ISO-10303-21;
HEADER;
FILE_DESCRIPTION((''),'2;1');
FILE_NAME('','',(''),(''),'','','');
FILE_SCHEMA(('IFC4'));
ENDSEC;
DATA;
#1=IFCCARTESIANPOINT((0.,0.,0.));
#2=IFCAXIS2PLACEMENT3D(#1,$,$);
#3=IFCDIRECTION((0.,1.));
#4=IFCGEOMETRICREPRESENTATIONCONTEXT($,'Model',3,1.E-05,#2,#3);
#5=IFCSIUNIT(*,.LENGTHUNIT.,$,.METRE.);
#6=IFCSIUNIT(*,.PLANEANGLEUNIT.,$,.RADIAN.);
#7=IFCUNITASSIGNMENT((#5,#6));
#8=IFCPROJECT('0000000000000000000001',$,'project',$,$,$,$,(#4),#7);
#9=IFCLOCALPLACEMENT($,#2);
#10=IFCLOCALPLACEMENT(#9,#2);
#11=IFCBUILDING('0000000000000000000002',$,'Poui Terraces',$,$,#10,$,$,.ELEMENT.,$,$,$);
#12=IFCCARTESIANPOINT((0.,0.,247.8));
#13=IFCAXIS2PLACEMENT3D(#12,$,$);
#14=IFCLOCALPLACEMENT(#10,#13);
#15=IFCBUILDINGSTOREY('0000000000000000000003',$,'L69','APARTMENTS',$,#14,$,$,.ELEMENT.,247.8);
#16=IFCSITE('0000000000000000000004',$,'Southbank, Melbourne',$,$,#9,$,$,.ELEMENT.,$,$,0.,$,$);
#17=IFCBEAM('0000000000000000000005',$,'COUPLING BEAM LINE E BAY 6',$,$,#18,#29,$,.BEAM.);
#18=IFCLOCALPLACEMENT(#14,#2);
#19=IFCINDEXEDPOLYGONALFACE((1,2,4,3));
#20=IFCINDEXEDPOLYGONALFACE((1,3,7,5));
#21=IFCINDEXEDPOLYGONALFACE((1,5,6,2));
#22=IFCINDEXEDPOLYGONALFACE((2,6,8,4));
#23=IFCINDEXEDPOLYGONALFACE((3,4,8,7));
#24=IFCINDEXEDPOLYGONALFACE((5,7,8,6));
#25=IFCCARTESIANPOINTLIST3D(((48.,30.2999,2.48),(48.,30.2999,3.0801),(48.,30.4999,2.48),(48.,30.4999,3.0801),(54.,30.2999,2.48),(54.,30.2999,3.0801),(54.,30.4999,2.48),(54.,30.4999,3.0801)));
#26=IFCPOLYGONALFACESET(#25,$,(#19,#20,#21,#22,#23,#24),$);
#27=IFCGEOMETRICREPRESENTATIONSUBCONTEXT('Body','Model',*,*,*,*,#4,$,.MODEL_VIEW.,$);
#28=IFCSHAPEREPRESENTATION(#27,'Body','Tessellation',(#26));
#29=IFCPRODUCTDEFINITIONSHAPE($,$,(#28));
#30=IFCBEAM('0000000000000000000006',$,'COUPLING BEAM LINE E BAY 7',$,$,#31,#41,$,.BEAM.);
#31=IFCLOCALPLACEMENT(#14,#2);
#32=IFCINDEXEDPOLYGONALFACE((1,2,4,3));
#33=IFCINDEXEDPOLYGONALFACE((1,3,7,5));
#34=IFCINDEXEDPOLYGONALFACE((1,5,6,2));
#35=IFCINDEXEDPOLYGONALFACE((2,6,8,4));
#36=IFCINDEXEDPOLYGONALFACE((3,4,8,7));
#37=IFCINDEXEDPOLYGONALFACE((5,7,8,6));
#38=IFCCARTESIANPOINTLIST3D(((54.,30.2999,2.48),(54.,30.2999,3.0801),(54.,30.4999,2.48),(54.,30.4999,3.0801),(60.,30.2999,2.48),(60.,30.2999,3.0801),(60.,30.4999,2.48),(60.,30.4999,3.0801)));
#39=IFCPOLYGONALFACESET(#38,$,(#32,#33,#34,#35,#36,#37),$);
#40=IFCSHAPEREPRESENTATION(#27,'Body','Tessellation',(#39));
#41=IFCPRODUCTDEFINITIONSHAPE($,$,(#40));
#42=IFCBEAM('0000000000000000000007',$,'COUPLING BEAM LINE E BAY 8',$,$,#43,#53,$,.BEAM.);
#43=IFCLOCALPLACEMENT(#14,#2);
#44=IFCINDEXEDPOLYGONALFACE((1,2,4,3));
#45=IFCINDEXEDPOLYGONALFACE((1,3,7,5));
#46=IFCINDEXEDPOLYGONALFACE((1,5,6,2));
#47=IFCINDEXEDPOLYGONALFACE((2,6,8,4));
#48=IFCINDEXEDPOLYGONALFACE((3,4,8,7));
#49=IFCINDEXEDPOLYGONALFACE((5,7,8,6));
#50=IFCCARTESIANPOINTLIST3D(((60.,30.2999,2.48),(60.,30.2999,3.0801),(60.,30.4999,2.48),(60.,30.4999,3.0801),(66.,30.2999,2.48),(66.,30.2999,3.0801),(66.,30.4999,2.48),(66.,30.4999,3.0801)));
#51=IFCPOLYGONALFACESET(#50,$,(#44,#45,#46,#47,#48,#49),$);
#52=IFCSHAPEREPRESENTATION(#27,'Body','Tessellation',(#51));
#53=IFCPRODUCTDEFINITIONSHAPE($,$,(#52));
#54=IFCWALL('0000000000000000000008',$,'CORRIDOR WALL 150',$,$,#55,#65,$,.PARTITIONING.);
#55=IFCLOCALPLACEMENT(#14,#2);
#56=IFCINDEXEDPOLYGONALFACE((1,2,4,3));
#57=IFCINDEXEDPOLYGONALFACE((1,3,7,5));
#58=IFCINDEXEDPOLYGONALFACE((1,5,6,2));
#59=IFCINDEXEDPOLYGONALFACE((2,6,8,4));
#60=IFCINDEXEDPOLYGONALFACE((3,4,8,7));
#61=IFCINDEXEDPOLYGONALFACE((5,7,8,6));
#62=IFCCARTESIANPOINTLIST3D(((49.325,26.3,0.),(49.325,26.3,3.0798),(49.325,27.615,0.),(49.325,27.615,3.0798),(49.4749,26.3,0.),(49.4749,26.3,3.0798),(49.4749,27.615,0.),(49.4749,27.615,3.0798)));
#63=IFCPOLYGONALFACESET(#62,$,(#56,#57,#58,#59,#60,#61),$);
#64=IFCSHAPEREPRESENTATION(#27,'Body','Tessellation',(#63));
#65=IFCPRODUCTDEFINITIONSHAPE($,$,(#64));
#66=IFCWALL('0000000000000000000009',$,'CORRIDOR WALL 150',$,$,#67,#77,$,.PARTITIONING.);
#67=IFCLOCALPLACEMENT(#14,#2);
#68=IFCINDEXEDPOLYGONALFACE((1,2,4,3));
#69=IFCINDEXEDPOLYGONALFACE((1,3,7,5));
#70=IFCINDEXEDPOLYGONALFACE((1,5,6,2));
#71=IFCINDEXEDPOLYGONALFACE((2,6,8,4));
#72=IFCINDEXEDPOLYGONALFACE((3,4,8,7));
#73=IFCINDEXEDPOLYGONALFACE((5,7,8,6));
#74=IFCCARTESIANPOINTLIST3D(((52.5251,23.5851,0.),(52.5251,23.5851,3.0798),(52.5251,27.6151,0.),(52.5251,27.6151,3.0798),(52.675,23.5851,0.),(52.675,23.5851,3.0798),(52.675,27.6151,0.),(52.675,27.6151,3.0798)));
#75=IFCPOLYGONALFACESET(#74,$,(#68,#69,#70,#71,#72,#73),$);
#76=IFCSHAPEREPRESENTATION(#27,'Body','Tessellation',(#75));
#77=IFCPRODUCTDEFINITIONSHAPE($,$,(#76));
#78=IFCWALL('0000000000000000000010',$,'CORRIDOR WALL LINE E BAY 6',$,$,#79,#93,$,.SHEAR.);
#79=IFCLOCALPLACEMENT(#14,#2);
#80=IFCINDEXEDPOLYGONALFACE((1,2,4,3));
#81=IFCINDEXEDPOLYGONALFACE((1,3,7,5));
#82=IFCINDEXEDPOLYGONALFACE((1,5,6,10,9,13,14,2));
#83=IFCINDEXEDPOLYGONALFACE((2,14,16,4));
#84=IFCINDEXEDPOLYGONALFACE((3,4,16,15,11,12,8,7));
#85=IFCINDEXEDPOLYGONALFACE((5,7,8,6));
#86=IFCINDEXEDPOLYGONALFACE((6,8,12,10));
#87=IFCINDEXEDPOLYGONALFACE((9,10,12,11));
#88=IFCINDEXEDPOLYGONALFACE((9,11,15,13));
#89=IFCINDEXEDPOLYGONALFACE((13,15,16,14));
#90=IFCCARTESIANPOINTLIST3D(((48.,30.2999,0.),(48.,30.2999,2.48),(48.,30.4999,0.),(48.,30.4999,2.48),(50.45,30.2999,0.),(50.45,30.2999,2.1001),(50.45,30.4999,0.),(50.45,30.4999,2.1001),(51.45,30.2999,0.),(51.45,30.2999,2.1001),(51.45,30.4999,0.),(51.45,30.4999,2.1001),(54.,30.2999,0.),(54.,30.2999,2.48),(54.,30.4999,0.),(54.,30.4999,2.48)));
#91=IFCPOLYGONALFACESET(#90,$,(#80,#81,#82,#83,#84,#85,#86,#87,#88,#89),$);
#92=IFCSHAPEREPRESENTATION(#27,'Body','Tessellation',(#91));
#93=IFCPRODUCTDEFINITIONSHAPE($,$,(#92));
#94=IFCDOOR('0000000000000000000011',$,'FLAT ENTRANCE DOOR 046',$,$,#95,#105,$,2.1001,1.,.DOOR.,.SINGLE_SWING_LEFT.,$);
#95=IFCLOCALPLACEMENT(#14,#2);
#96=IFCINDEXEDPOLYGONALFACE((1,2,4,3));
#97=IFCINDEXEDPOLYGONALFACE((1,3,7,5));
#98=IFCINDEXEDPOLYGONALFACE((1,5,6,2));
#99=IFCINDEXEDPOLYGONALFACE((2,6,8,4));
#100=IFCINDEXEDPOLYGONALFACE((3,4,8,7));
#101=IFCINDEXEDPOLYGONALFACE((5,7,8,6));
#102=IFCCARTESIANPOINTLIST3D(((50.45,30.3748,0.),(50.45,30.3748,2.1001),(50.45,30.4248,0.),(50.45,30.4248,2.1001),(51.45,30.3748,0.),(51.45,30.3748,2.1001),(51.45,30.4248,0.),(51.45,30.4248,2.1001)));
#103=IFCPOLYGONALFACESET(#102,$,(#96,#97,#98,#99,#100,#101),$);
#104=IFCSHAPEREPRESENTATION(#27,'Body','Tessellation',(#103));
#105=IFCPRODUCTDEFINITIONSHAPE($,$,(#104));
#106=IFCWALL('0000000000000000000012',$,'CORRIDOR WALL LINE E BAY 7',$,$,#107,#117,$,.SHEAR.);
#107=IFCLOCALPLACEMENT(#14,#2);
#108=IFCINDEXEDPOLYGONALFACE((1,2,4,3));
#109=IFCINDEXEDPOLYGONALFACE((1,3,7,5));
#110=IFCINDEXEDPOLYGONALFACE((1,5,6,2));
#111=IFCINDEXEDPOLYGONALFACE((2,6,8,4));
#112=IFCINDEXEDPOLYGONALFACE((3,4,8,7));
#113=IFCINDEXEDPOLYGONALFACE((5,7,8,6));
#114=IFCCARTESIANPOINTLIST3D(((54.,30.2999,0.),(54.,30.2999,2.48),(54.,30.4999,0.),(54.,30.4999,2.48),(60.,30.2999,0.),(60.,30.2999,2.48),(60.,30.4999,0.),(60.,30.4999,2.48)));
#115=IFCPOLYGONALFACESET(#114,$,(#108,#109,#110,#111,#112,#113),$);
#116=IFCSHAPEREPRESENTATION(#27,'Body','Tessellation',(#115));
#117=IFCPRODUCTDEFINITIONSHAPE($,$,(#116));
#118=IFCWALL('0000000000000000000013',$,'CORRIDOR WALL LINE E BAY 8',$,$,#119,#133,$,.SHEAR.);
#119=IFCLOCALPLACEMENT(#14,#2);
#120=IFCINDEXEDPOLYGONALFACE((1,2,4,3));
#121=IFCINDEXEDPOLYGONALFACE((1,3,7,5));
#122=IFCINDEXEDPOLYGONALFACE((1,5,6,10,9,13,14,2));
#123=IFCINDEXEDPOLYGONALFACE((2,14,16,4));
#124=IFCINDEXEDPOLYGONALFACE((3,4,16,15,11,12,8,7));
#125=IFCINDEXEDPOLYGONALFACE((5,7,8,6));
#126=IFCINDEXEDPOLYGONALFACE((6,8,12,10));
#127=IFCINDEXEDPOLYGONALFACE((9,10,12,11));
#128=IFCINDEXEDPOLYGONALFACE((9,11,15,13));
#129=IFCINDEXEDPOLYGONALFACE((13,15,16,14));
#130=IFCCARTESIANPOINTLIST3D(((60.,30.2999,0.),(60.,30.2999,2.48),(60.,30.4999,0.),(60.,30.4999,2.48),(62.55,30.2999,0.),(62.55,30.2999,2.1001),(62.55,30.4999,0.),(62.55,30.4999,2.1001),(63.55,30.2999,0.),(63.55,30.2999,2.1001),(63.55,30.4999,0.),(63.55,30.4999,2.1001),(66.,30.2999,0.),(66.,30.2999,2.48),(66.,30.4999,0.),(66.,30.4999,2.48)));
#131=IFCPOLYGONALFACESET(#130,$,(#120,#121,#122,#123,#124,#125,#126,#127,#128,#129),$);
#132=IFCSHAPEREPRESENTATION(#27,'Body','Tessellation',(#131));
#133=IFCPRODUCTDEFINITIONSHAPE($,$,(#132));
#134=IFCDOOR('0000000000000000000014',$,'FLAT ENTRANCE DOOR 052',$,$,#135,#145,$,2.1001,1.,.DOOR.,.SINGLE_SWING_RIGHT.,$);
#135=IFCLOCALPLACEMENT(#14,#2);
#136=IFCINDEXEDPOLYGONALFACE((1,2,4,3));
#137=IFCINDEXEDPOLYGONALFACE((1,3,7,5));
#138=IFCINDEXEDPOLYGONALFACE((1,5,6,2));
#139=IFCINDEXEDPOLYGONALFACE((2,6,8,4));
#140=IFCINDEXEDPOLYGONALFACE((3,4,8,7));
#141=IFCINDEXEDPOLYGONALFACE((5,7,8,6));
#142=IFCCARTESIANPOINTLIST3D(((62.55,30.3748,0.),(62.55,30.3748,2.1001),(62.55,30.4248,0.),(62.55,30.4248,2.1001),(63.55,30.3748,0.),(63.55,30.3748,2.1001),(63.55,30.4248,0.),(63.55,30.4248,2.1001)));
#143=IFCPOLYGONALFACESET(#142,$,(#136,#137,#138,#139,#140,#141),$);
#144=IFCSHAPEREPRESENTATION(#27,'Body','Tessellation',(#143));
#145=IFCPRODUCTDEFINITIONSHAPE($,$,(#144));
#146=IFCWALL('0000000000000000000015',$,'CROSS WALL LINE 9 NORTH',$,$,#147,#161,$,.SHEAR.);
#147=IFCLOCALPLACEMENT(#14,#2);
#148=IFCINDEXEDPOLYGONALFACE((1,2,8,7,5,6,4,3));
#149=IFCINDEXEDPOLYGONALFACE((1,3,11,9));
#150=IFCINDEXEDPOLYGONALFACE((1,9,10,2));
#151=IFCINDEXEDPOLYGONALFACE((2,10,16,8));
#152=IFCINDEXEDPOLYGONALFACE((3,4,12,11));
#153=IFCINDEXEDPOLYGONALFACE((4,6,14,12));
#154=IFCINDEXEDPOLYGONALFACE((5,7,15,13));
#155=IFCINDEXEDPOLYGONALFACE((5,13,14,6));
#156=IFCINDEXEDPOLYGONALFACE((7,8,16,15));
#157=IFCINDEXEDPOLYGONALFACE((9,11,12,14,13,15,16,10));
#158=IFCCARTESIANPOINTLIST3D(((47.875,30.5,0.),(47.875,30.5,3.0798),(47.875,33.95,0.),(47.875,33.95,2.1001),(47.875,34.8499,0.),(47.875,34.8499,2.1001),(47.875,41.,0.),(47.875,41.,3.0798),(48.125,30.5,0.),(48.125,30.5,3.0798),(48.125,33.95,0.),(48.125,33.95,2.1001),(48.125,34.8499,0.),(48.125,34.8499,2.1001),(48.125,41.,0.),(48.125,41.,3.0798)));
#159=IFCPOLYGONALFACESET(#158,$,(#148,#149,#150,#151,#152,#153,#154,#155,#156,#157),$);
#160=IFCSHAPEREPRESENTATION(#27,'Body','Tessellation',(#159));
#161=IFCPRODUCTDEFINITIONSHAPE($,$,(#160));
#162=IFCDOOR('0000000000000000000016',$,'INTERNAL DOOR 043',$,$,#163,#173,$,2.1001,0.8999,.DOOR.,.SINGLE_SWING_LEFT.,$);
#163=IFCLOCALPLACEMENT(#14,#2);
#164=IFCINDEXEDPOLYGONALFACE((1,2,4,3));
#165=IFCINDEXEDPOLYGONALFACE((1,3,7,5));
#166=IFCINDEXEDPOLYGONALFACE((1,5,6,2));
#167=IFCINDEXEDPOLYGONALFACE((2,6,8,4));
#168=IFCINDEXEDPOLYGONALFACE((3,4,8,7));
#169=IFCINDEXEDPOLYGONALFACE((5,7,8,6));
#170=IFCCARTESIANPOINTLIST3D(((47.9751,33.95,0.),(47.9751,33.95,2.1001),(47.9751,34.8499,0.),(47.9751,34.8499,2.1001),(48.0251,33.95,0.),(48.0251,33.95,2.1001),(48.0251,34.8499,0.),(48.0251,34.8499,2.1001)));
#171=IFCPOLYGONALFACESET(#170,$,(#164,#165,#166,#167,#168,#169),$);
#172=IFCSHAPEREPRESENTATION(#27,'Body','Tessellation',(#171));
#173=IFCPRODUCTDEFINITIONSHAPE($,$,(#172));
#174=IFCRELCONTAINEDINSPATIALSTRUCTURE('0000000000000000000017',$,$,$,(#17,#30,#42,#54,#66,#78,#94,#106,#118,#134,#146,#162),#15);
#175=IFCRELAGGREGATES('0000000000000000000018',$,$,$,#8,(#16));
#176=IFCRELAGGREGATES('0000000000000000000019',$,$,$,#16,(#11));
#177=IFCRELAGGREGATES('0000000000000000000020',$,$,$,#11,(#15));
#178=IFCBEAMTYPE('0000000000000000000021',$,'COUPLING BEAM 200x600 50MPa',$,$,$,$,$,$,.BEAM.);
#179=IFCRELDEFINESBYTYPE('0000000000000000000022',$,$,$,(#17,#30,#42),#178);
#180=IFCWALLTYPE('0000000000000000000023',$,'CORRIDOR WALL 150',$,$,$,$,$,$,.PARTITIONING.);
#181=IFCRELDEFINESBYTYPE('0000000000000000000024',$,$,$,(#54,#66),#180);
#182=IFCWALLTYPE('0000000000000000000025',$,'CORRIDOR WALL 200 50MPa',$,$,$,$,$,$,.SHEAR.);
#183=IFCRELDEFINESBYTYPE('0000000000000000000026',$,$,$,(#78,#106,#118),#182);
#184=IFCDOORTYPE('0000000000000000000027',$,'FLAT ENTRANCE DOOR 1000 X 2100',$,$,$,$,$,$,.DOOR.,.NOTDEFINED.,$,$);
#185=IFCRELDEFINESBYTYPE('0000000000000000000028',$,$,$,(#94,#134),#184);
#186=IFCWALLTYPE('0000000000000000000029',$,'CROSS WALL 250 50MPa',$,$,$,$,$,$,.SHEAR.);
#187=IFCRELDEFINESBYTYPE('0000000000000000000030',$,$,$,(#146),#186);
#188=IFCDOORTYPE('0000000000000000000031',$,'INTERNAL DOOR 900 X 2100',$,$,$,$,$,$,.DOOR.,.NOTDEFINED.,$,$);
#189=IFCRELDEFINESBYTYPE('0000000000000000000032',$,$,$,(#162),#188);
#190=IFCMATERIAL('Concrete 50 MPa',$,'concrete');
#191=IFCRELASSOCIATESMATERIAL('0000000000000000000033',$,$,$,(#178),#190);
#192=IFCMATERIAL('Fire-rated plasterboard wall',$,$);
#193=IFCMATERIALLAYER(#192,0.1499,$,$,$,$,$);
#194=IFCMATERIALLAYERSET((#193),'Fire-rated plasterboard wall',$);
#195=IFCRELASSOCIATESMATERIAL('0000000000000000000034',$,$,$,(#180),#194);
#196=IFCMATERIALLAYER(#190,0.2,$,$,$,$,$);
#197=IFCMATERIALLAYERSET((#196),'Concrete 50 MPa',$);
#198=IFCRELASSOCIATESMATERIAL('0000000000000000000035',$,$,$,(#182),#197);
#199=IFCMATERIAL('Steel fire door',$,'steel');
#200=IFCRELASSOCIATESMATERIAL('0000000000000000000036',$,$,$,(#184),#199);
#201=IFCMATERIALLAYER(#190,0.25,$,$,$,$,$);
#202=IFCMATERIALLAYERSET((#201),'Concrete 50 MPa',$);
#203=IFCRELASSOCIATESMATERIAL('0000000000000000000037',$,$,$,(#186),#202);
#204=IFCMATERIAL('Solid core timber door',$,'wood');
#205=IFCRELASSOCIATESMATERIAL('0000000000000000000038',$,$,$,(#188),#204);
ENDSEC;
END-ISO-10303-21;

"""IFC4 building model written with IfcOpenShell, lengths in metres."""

from ifc_helpers import new_model, si_unit, direction, frame, frame_2d, origin, origin_2d, place, context, subcontext, project, spatial, rectangle, extrude, source, transform, mapped, material, layer, layer_set, material_profile, profile_set, type_object, element, fill, save


model = new_model("IFC4")

# Units and contexts
model_context = context("Model", 3, precision=1e-05, world=origin(), true_north=direction((0.0, 1.0)))
body_context = subcontext(model_context, "Body", "Model", "MODEL_VIEW")
ifc_project = project(units=[si_unit("LENGTHUNIT", "METRE"), si_unit("PLANEANGLEUNIT", "RADIAN")], contexts=[model_context])

# Site, building, storey
site_placement = place(None, origin())
site = spatial("IfcSite", under=ifc_project, at=site_placement, Name="Southbank, Melbourne", CompositionType="ELEMENT", RefElevation=0.0)
building_placement = place(site_placement, origin())
building = spatial("IfcBuilding", under=site, at=building_placement, Name="Poui Terraces", CompositionType="ELEMENT")
storey_placement = place(building_placement, frame((0.0, 0.0, 247.8)))
storey = spatial("IfcBuildingStorey", under=building, at=storey_placement, Name="L69", Description="APARTMENTS", CompositionType="ELEMENT", Elevation=247.8)

# Beams
ifc_material_1 = material(Name="Concrete 50 MPa", Category="concrete")
ifc_material_profile = material_profile(ifc_material_1, rectangle(XDim=0.2, YDim=0.6001, at=origin_2d()), Name="RC 200x600")
ifc_profile_set = profile_set([ifc_material_profile], Name="Concrete 50 MPa")
beam_type = type_object("IfcBeamType", Name="COUPLING BEAM 200x600 50MPa", PredefinedType="BEAM", material=ifc_profile_set)
shared_shape = source(origin(), body_context, "Body", "SweptSolid", [
    extrude(rectangle(XDim=0.2, YDim=0.6001, at=origin_2d()), origin(), (0.0, 0.0, 1.0), 6.0),
])
for number, where, z_axis, x_axis, name in (
    (1, (48.0, 30.3999, 2.78), (1.0, 0.0, 0.0), (0.0, 1.0, 0.0), "COUPLING BEAM LINE E BAY 6"),
    (2, (54.0, 30.3999, 2.78), (1.0, 0.0, 0.0), (0.0, 1.0, 0.0), "COUPLING BEAM LINE E BAY 7"),
    (3, (60.0, 30.3999, 2.78), (1.0, 0.0, 0.0), (0.0, 1.0, 0.0), "COUPLING BEAM LINE E BAY 8"),
):
    element("IfcBeam", number, at=place(storey_placement, frame(where, z_axis=z_axis, x_axis=x_axis)), inside=storey, type_object=beam_type, Name=name, PredefinedType="BEAM", context=body_context, shape_type="MappedRepresentation", body=[
        mapped(shared_shape, transform((0.0, 0.0, 0.0))),
    ])

# Walls
ifc_material_2 = material(Name="Fire-rated plasterboard wall")
ifc_layer_1 = layer(ifc_material_2, 0.1499)
ifc_layer_set_1 = layer_set([ifc_layer_1], Name="Fire-rated plasterboard wall")
wall_type_1 = type_object("IfcWallType", Name="CORRIDOR WALL 150", PredefinedType="PARTITIONING", material=ifc_layer_set_1)
wall_1_placement = place(storey_placement, frame((49.3999, 26.3, 0.0), z_axis=(0.0, 0.0, 1.0), x_axis=(0.0, 1.0, 0.0)))
element("IfcWall", 4, at=wall_1_placement, inside=storey, type_object=wall_type_1, Name="CORRIDOR WALL 150", PredefinedType="PARTITIONING", context=body_context, shape_type="SweptSolid", body=[
    extrude(rectangle(XDim=1.3149, YDim=0.1499, at=frame_2d((0.6575, 0.0))), origin(), (0.0, 0.0, 1.0), 3.0798),
])
wall_2_placement = place(storey_placement, frame((52.6001, 23.585, 0.0), z_axis=(0.0, 0.0, 1.0), x_axis=(0.0, 1.0, 0.0)))
element("IfcWall", 5, at=wall_2_placement, inside=storey, type_object=wall_type_1, Name="CORRIDOR WALL 150", PredefinedType="PARTITIONING", context=body_context, shape_type="SweptSolid", body=[
    extrude(rectangle(XDim=4.03, YDim=0.1499, at=frame_2d((2.0151, 0.0))), origin(), (0.0, 0.0, 1.0), 3.0798),
])

# Wall, opening, door
ifc_layer_2 = layer(ifc_material_1, 0.2)
ifc_layer_set_2 = layer_set([ifc_layer_2], Name="Concrete 50 MPa")
wall_type_2 = type_object("IfcWallType", Name="CORRIDOR WALL 200 50MPa", PredefinedType="SHEAR", material=ifc_layer_set_2)
wall_3_placement = place(storey_placement, frame((48.0, 30.3999, 0.0), z_axis=(0.0, 0.0, 1.0), x_axis=(1.0, 0.0, 0.0)))
wall_3 = element("IfcWall", 6, at=wall_3_placement, inside=storey, type_object=wall_type_2, Name="CORRIDOR WALL LINE E BAY 6", PredefinedType="SHEAR", context=body_context, shape_type="SweptSolid", body=[
    extrude(rectangle(XDim=6.0, YDim=0.2, at=frame_2d((3.0, 0.0))), origin(), (0.0, 0.0, 1.0), 2.48),
])
opening_1_placement = place(wall_3_placement, frame((2.45, 0.0, 0.0)))
opening_1 = element("IfcOpeningElement", 7, at=opening_1_placement, cuts=wall_3, PredefinedType="OPENING", context=body_context, shape_type="SweptSolid", body=[
    extrude(rectangle(XDim=1.0, YDim=2.1001, at=frame_2d((0.5, 1.05))), frame((0.0, 0.1099, 0.0), z_axis=(0.0, -1.0, 0.0), x_axis=(1.0, 0.0, 0.0)), (0.0, 0.0, 1.0), 0.22),
])
ifc_material_3 = material(Name="Steel fire door", Category="steel")
door_type_1 = type_object("IfcDoorType", Name="FLAT ENTRANCE DOOR 1000 X 2100", OperationType="NOTDEFINED", PredefinedType="DOOR", material=ifc_material_3)
door_1_placement = place(opening_1_placement, origin())
door_1 = element("IfcDoor", 8, at=door_1_placement, inside=storey, type_object=door_type_1, Name="FLAT ENTRANCE DOOR 046", OperationType="SINGLE_SWING_LEFT", OverallHeight=2.1001, OverallWidth=1.0, PredefinedType="DOOR", context=body_context, shape_type="SweptSolid", body=[
    extrude(rectangle(XDim=1.0, YDim=2.1001, at=frame_2d((0.5, 1.05))), frame((0.0, 0.0249, 0.0), z_axis=(0.0, -1.0, 0.0), x_axis=(1.0, 0.0, 0.0)), (0.0, 0.0, 1.0), 0.05),
])
fill(opening_1, door_1)

# Wall
wall_4_placement = place(storey_placement, frame((54.0, 30.3999, 0.0), z_axis=(0.0, 0.0, 1.0), x_axis=(1.0, 0.0, 0.0)))
element("IfcWall", 9, at=wall_4_placement, inside=storey, type_object=wall_type_2, Name="CORRIDOR WALL LINE E BAY 7", PredefinedType="SHEAR", context=body_context, shape_type="SweptSolid", body=[
    extrude(rectangle(XDim=6.0, YDim=0.2, at=frame_2d((3.0, 0.0))), origin(), (0.0, 0.0, 1.0), 2.48),
])

# Walls, openings, doors
wall_5_placement = place(storey_placement, frame((60.0, 30.3999, 0.0), z_axis=(0.0, 0.0, 1.0), x_axis=(1.0, 0.0, 0.0)))
wall_5 = element("IfcWall", 10, at=wall_5_placement, inside=storey, type_object=wall_type_2, Name="CORRIDOR WALL LINE E BAY 8", PredefinedType="SHEAR", context=body_context, shape_type="SweptSolid", body=[
    extrude(rectangle(XDim=6.0, YDim=0.2, at=frame_2d((3.0, 0.0))), origin(), (0.0, 0.0, 1.0), 2.48),
])
opening_2_placement = place(wall_5_placement, frame((2.55, 0.0, 0.0)))
opening_2 = element("IfcOpeningElement", 11, at=opening_2_placement, cuts=wall_5, PredefinedType="OPENING", context=body_context, shape_type="SweptSolid", body=[
    extrude(rectangle(XDim=1.0, YDim=2.1001, at=frame_2d((0.5, 1.05))), frame((0.0, 0.1099, 0.0), z_axis=(0.0, -1.0, 0.0), x_axis=(1.0, 0.0, 0.0)), (0.0, 0.0, 1.0), 0.22),
])
door_2_placement = place(opening_2_placement, origin())
door_2 = element("IfcDoor", 12, at=door_2_placement, inside=storey, type_object=door_type_1, Name="FLAT ENTRANCE DOOR 052", OperationType="SINGLE_SWING_RIGHT", OverallHeight=2.1001, OverallWidth=1.0, PredefinedType="DOOR", context=body_context, shape_type="SweptSolid", body=[
    extrude(rectangle(XDim=1.0, YDim=2.1001, at=frame_2d((0.5, 1.05))), frame((0.0, 0.0249, 0.0), z_axis=(0.0, -1.0, 0.0), x_axis=(1.0, 0.0, 0.0)), (0.0, 0.0, 1.0), 0.05),
])
fill(opening_2, door_2)
ifc_layer_3 = layer(ifc_material_1, 0.25)
ifc_layer_set_3 = layer_set([ifc_layer_3], Name="Concrete 50 MPa")
wall_type_3 = type_object("IfcWallType", Name="CROSS WALL 250 50MPa", PredefinedType="SHEAR", material=ifc_layer_set_3)
wall_6_placement = place(storey_placement, frame((48.0, 30.5, 0.0), z_axis=(0.0, 0.0, 1.0), x_axis=(0.0, 1.0, 0.0)))
wall_6 = element("IfcWall", 13, at=wall_6_placement, inside=storey, type_object=wall_type_3, Name="CROSS WALL LINE 9 NORTH", PredefinedType="SHEAR", context=body_context, shape_type="SweptSolid", body=[
    extrude(rectangle(XDim=10.5, YDim=0.25, at=frame_2d((5.25, 0.0))), origin(), (0.0, 0.0, 1.0), 3.0798),
])
opening_3_placement = place(wall_6_placement, frame((3.45, 0.0, 0.0)))
opening_3 = element("IfcOpeningElement", 14, at=opening_3_placement, cuts=wall_6, PredefinedType="OPENING", context=body_context, shape_type="SweptSolid", body=[
    extrude(rectangle(XDim=0.8999, YDim=2.1001, at=frame_2d((0.45, 1.05))), frame((0.0, 0.135, 0.0), z_axis=(0.0, -1.0, 0.0), x_axis=(1.0, 0.0, 0.0)), (0.0, 0.0, 1.0), 0.27),
])
ifc_material_4 = material(Name="Solid core timber door", Category="wood")
door_type_2 = type_object("IfcDoorType", Name="INTERNAL DOOR 900 X 2100", OperationType="NOTDEFINED", PredefinedType="DOOR", material=ifc_material_4)
door_3_placement = place(opening_3_placement, origin())
door_3 = element("IfcDoor", 15, at=door_3_placement, inside=storey, type_object=door_type_2, Name="INTERNAL DOOR 043", OperationType="SINGLE_SWING_LEFT", OverallHeight=2.1001, OverallWidth=0.8999, PredefinedType="DOOR", context=body_context, shape_type="SweptSolid", body=[
    extrude(rectangle(XDim=0.8999, YDim=2.1001, at=frame_2d((0.45, 1.05))), frame((0.0, 0.0249, 0.0), z_axis=(0.0, -1.0, 0.0), x_axis=(1.0, 0.0, 0.0)), (0.0, 0.0, 1.0), 0.05),
])
fill(opening_3, door_3)

save(model, "model.ifc")
